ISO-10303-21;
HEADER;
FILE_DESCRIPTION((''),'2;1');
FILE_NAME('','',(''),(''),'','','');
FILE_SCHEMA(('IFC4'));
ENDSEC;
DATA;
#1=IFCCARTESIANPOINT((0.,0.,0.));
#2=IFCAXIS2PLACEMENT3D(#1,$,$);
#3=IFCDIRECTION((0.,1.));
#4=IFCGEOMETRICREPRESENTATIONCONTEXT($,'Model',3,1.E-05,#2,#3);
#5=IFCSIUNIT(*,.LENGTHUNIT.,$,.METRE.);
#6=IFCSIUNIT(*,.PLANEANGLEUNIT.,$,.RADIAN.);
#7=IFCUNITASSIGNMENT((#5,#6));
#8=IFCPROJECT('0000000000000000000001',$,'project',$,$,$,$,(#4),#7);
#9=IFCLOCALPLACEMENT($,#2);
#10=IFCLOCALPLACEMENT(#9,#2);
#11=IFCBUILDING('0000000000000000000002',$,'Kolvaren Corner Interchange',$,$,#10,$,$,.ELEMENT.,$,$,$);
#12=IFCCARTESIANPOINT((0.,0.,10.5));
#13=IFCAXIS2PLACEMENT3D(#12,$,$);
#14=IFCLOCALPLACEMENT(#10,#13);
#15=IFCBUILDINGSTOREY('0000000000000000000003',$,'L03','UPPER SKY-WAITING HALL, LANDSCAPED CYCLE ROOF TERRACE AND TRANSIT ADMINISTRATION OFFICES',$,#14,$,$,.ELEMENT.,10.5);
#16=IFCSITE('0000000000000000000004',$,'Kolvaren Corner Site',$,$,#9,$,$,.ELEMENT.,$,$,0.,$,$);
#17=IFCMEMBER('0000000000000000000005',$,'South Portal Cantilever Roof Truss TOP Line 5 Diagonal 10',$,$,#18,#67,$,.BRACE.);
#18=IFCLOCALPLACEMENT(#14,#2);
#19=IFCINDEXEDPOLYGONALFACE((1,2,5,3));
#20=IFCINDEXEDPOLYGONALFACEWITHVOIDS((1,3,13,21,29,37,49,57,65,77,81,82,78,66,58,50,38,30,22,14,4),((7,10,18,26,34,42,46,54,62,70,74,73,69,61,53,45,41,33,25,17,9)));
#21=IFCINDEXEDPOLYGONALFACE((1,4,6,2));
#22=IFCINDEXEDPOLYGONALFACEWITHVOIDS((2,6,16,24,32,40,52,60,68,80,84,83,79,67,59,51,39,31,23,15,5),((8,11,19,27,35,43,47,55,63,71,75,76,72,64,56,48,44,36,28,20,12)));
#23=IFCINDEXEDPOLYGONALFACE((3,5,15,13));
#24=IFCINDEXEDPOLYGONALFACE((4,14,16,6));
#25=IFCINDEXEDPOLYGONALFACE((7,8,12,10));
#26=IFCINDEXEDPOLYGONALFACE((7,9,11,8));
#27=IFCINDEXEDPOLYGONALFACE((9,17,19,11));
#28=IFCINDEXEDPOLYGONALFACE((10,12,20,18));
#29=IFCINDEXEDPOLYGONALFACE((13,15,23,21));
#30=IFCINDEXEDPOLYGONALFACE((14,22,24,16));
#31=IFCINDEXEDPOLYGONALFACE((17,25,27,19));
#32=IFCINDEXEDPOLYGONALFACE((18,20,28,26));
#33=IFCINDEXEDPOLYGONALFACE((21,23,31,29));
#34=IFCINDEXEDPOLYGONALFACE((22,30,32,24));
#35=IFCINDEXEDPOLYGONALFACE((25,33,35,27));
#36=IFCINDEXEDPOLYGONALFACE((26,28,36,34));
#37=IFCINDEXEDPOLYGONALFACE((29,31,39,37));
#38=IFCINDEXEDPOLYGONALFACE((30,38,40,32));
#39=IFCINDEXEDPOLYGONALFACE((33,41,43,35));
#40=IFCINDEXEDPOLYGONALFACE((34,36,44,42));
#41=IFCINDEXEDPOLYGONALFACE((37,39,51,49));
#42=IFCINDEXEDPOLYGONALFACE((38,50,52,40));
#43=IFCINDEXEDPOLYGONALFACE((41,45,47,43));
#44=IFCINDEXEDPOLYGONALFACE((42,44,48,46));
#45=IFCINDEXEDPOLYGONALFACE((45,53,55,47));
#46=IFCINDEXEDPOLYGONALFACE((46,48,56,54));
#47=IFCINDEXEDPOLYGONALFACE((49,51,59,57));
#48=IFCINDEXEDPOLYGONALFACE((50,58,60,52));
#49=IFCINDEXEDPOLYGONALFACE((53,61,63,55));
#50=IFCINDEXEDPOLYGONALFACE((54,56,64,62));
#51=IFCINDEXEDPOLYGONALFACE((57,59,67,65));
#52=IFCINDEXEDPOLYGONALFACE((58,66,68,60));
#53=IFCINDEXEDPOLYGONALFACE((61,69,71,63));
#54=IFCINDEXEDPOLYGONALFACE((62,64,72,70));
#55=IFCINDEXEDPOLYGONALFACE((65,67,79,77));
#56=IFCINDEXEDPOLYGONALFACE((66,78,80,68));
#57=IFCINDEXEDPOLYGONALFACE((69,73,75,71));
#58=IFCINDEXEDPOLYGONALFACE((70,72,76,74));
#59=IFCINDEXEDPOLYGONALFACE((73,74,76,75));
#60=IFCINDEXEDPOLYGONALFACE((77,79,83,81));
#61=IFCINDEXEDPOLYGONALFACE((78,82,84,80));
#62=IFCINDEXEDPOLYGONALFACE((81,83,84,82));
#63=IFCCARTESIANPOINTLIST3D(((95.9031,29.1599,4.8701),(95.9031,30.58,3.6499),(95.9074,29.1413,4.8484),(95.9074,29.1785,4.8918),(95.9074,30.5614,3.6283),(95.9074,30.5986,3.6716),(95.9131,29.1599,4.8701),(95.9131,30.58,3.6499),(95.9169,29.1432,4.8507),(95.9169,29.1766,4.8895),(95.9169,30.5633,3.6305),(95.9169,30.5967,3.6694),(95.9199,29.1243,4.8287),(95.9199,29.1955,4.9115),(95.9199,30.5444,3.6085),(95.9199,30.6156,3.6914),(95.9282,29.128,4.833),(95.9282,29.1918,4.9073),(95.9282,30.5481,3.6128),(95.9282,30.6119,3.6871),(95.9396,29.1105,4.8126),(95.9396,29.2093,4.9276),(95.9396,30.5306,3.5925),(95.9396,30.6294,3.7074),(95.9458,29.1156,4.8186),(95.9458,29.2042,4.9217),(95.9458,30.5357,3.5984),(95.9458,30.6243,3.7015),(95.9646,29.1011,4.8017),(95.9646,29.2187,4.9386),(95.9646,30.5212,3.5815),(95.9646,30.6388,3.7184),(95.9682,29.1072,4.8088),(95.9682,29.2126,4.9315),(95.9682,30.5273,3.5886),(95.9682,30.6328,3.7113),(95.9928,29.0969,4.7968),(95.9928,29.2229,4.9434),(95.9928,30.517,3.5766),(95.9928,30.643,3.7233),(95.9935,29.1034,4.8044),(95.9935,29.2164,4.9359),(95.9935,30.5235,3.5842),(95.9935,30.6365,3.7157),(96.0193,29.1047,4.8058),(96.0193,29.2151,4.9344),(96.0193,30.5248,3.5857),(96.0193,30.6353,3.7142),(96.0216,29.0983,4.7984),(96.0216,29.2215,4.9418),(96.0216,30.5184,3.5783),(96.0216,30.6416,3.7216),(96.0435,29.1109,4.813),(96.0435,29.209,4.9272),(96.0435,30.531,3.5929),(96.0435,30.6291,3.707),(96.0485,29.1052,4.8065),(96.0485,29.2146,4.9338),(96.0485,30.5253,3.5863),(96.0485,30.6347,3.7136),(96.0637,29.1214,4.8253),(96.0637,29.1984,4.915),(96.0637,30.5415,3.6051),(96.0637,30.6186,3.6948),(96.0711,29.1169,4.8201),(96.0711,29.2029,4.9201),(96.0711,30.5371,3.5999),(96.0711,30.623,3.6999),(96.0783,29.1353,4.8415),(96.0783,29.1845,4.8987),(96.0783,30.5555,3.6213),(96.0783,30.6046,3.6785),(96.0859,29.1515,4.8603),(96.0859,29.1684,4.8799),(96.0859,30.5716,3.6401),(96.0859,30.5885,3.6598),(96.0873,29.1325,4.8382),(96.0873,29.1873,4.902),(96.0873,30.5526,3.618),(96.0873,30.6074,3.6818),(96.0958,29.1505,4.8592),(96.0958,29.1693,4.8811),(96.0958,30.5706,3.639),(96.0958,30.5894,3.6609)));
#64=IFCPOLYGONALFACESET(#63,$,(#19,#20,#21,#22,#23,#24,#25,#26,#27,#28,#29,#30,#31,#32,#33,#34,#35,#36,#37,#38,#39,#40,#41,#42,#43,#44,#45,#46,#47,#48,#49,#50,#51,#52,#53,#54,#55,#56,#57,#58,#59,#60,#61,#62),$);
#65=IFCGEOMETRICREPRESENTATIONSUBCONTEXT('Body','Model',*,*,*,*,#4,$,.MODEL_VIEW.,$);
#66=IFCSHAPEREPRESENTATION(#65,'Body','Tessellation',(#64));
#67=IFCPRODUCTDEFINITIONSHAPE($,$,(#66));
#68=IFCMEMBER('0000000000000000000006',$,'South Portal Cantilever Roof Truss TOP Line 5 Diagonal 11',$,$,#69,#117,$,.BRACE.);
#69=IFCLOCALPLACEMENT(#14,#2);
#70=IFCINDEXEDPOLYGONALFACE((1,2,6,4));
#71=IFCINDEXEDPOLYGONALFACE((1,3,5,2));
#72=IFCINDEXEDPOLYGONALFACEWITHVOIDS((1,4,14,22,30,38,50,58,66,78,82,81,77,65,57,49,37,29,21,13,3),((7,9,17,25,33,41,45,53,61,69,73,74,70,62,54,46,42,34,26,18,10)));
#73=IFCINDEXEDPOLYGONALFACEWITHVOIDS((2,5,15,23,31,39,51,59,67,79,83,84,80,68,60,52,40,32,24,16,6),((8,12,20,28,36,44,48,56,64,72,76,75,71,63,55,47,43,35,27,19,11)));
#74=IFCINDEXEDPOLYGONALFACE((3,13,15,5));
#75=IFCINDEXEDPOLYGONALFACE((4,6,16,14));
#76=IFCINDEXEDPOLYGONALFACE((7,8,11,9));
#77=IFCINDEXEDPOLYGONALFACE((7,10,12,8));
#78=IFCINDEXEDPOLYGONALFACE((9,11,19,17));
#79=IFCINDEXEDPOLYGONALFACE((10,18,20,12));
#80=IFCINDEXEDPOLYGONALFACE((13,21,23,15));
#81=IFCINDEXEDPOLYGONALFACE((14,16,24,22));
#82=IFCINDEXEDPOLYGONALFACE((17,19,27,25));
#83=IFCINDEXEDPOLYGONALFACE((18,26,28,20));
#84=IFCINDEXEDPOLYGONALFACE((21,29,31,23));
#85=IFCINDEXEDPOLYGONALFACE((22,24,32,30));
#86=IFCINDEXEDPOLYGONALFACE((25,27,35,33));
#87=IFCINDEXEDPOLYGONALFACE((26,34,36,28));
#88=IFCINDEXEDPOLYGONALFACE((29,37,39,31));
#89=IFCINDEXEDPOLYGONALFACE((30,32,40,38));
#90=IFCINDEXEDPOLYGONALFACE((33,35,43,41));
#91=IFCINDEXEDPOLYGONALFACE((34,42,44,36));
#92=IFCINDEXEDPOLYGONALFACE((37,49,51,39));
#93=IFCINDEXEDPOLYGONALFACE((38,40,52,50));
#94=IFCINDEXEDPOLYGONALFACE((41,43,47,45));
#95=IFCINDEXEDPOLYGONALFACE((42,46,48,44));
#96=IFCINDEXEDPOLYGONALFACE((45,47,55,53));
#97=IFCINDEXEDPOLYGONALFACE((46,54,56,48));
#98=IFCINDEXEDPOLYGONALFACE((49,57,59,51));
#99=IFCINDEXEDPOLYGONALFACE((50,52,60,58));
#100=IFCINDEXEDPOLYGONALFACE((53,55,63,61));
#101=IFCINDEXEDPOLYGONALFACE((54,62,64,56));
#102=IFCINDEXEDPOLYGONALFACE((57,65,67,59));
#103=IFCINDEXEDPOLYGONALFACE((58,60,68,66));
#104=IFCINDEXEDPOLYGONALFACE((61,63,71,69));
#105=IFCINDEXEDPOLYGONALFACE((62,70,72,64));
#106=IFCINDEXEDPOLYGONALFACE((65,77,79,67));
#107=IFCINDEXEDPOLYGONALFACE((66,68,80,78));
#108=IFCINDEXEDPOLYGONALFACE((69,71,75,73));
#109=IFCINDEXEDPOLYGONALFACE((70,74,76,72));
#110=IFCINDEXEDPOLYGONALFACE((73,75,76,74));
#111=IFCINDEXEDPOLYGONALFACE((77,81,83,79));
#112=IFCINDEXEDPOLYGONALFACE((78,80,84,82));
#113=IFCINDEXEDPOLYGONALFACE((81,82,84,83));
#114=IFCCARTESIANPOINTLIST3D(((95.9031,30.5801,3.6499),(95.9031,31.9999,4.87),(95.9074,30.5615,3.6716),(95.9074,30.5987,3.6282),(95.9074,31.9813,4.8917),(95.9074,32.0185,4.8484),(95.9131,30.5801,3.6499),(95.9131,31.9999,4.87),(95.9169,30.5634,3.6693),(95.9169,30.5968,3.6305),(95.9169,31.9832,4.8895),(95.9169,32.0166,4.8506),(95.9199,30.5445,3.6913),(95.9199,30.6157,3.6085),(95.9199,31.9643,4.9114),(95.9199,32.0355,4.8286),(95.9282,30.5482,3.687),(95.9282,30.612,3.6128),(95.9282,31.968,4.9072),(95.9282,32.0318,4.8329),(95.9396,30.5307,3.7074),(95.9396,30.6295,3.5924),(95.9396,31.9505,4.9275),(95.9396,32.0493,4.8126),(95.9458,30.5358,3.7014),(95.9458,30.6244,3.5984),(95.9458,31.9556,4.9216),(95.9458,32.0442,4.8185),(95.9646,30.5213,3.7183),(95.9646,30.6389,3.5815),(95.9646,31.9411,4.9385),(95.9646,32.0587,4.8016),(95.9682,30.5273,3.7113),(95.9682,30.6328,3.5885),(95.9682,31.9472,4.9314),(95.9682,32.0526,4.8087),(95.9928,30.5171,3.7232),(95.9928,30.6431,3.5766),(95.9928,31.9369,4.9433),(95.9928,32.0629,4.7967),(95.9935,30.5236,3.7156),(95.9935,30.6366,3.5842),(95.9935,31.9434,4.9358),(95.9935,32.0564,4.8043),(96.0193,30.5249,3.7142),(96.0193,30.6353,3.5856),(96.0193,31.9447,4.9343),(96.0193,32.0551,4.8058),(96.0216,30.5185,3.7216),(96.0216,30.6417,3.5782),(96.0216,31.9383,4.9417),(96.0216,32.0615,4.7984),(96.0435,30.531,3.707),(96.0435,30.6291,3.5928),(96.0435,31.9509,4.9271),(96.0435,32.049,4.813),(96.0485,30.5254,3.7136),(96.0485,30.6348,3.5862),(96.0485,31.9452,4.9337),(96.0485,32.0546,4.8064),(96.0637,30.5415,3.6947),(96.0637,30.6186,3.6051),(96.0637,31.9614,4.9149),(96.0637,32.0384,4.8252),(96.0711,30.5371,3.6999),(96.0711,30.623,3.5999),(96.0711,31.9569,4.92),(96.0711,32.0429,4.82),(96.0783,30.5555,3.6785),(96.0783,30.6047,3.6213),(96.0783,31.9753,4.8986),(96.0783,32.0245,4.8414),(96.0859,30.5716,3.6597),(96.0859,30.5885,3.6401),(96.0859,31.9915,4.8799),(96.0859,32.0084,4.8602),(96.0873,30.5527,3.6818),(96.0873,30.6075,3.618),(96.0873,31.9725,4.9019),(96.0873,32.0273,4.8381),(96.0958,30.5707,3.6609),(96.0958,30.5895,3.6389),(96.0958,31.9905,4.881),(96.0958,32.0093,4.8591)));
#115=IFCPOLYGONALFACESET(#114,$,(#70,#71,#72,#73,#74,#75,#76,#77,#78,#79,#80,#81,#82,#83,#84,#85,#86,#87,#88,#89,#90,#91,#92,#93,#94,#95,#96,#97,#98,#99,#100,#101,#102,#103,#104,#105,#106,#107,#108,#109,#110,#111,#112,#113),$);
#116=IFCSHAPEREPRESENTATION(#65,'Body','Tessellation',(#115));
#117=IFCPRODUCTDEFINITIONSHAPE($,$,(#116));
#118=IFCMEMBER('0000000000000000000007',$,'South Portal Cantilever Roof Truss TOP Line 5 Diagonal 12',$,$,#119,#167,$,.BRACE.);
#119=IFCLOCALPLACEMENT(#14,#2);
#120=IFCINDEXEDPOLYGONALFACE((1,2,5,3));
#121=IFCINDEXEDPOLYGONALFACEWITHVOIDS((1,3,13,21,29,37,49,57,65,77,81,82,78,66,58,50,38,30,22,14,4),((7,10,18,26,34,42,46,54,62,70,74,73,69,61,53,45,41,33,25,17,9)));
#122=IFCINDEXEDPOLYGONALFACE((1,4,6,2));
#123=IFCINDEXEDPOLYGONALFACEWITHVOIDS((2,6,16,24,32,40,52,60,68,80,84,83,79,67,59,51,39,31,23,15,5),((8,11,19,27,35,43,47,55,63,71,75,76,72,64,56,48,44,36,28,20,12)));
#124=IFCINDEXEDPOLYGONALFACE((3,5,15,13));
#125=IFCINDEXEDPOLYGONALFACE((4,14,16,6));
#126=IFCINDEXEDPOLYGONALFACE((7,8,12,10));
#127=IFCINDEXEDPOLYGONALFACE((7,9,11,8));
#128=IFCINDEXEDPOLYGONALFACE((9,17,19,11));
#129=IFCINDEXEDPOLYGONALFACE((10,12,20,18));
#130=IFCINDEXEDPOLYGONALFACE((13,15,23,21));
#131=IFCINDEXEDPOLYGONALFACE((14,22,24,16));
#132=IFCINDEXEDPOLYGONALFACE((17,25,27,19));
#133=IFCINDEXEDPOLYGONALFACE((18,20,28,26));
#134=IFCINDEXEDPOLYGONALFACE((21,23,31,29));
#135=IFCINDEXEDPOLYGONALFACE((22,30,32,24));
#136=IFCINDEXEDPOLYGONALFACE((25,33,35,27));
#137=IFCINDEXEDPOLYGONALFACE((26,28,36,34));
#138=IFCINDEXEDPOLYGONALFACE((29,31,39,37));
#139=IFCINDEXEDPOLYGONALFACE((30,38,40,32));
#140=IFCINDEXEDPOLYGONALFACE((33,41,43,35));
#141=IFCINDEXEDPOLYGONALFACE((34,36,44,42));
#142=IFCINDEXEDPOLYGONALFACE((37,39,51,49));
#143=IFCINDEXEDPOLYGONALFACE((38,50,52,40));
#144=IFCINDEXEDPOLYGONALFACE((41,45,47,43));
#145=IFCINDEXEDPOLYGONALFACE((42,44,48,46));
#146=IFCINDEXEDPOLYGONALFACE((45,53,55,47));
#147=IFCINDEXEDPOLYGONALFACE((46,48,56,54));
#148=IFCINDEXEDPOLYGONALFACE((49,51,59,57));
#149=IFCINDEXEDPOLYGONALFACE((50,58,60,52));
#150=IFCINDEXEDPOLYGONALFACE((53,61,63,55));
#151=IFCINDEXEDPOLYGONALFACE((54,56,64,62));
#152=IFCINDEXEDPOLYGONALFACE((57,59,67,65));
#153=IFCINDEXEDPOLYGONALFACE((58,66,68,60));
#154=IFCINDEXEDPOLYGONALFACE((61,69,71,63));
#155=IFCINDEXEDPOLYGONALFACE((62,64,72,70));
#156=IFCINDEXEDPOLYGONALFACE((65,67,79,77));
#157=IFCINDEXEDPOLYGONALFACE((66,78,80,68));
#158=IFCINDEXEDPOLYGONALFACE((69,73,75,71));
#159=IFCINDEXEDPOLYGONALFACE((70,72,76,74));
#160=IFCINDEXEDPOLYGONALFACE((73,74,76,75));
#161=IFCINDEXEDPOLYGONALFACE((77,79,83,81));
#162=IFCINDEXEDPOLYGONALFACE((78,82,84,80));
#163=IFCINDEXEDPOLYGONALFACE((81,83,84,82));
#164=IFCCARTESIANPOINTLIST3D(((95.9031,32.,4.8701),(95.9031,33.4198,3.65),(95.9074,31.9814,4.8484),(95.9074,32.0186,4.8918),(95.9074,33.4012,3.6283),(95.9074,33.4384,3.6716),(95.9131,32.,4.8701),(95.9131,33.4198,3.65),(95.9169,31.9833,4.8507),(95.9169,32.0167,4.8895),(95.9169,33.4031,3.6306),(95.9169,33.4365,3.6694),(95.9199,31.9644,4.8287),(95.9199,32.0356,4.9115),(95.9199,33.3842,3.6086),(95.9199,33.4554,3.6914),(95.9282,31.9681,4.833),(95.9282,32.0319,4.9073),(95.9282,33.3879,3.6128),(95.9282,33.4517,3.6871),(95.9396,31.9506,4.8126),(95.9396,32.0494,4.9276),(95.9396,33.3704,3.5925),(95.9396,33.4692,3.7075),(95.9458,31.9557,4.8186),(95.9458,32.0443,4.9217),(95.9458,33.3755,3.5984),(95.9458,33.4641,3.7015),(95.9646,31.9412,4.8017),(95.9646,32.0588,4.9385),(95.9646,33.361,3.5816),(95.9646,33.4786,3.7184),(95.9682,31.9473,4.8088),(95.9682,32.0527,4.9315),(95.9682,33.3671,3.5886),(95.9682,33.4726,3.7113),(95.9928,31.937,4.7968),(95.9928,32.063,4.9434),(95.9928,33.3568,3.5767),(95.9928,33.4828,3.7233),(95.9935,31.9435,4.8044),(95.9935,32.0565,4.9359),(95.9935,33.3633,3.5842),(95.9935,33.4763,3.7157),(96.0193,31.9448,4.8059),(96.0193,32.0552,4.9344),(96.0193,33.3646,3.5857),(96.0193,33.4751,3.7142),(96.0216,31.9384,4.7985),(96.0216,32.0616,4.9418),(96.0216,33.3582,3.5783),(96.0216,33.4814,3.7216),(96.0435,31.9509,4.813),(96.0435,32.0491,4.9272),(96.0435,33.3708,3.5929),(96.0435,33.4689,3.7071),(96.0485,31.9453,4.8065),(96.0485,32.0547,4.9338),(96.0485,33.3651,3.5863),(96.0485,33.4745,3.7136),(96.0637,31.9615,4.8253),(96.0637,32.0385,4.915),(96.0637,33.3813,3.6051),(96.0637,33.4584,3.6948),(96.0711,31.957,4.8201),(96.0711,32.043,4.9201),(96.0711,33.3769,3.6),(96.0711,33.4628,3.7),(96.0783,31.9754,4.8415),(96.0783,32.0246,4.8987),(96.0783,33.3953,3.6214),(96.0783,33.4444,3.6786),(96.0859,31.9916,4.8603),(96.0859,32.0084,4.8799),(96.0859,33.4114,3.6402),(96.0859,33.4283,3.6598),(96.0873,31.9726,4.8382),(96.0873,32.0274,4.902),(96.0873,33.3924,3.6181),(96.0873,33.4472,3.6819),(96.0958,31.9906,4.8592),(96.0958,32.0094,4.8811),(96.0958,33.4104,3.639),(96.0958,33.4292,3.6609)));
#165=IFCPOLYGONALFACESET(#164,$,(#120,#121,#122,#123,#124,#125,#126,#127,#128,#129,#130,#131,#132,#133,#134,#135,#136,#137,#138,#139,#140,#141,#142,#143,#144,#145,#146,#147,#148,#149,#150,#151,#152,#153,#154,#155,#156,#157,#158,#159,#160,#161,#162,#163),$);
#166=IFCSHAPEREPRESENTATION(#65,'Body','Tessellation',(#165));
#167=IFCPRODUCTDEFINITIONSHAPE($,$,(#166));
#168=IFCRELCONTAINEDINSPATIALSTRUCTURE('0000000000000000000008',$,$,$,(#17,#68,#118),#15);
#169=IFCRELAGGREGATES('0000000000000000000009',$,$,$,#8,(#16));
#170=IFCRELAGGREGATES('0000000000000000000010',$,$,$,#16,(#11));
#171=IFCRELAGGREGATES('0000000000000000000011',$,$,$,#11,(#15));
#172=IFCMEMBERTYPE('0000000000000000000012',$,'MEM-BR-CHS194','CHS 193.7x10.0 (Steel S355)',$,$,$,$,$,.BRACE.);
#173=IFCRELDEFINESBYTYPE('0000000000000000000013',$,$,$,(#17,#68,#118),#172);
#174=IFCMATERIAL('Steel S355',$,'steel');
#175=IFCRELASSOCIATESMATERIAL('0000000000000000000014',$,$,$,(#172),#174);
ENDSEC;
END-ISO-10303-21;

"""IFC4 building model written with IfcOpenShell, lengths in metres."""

from ifc_helpers import new_model, si_unit, direction, frame, origin, origin_2d, place, context, subcontext, project, spatial, hollow_circle, extrude, material, material_profile, profile_set, type_object, element, save


model = new_model("IFC4")

# Units and contexts
model_context = context("Model", 3, precision=1e-05, world=origin(), true_north=direction((0.0, 1.0)))
body_context = subcontext(model_context, "Body", "Model", "MODEL_VIEW")
ifc_project = project(units=[si_unit("LENGTHUNIT", "METRE"), si_unit("PLANEANGLEUNIT", "RADIAN")], contexts=[model_context])

# Site, building, storey
site_placement = place(None, origin())
site = spatial("IfcSite", under=ifc_project, at=site_placement, Name="Kolvaren Corner Site", CompositionType="ELEMENT", RefElevation=0.0)
building_placement = place(site_placement, origin())
building = spatial("IfcBuilding", under=site, at=building_placement, Name="Kolvaren Corner Interchange", CompositionType="ELEMENT")
storey_placement = place(building_placement, frame((0.0, 0.0, 10.5)))
storey = spatial("IfcBuildingStorey", under=building, at=storey_placement, Name="L03", Description="UPPER SKY-WAITING HALL, LANDSCAPED CYCLE ROOF TERRACE AND TRANSIT ADMINISTRATION OFFICES", CompositionType="ELEMENT", Elevation=10.5)

# Members
ifc_material_1 = material(Name="Steel S355", Category="steel")
ifc_material_profile_1 = material_profile(ifc_material_1, hollow_circle(Radius=0.0969, WallThickness=0.01, at=origin_2d()), Name="CHS 193.7x10.0")
ifc_profile_set_1 = profile_set([ifc_material_profile_1], Name="Steel S355")
member_type_1 = type_object("IfcMemberType", Name="MEM-BR-CHS194", Description="CHS 193.7x10.0 (Steel S355)", PredefinedType="BRACE", material=ifc_profile_set_1)
member_1_placement = place(storey_placement, frame((96.0, 29.1599, 4.8701), z_axis=(0.0, 0.758483, -0.651693), x_axis=(-1.0, 0.0, 0.0)))
element("IfcMember", 1, at=member_1_placement, inside=storey, type_object=member_type_1, Name="South Portal Cantilever Roof Truss TOP Line 5 Diagonal 10", PredefinedType="BRACE", context=body_context, shape_type="SweptSolid", body=[
    extrude(hollow_circle(Radius=0.0969, WallThickness=0.01, at=origin_2d()), origin(), (0.0, 0.0, 1.0), 1.8723),
])
for number, where, z_axis, x_axis, name in (
    (2, (96.0, 30.5801, 3.6499), (0.0, 0.758428, 0.651757), (-1.0, 0.0, 0.0), "South Portal Cantilever Roof Truss TOP Line 5 Diagonal 11"),
    (3, (96.0, 32.0, 4.8701), (0.0, 0.758428, -0.651757), (-1.0, 0.0, 0.0), "South Portal Cantilever Roof Truss TOP Line 5 Diagonal 12"),
):
    element("IfcMember", number, at=place(storey_placement, frame(where, z_axis=z_axis, x_axis=x_axis)), inside=storey, type_object=member_type_1, Name=name, PredefinedType="BRACE", context=body_context, shape_type="SweptSolid", body=[
        extrude(hollow_circle(Radius=0.0969, WallThickness=0.01, at=origin_2d()), origin(), (0.0, 0.0, 1.0), 1.8721),
    ])

save(model, "model.ifc")
